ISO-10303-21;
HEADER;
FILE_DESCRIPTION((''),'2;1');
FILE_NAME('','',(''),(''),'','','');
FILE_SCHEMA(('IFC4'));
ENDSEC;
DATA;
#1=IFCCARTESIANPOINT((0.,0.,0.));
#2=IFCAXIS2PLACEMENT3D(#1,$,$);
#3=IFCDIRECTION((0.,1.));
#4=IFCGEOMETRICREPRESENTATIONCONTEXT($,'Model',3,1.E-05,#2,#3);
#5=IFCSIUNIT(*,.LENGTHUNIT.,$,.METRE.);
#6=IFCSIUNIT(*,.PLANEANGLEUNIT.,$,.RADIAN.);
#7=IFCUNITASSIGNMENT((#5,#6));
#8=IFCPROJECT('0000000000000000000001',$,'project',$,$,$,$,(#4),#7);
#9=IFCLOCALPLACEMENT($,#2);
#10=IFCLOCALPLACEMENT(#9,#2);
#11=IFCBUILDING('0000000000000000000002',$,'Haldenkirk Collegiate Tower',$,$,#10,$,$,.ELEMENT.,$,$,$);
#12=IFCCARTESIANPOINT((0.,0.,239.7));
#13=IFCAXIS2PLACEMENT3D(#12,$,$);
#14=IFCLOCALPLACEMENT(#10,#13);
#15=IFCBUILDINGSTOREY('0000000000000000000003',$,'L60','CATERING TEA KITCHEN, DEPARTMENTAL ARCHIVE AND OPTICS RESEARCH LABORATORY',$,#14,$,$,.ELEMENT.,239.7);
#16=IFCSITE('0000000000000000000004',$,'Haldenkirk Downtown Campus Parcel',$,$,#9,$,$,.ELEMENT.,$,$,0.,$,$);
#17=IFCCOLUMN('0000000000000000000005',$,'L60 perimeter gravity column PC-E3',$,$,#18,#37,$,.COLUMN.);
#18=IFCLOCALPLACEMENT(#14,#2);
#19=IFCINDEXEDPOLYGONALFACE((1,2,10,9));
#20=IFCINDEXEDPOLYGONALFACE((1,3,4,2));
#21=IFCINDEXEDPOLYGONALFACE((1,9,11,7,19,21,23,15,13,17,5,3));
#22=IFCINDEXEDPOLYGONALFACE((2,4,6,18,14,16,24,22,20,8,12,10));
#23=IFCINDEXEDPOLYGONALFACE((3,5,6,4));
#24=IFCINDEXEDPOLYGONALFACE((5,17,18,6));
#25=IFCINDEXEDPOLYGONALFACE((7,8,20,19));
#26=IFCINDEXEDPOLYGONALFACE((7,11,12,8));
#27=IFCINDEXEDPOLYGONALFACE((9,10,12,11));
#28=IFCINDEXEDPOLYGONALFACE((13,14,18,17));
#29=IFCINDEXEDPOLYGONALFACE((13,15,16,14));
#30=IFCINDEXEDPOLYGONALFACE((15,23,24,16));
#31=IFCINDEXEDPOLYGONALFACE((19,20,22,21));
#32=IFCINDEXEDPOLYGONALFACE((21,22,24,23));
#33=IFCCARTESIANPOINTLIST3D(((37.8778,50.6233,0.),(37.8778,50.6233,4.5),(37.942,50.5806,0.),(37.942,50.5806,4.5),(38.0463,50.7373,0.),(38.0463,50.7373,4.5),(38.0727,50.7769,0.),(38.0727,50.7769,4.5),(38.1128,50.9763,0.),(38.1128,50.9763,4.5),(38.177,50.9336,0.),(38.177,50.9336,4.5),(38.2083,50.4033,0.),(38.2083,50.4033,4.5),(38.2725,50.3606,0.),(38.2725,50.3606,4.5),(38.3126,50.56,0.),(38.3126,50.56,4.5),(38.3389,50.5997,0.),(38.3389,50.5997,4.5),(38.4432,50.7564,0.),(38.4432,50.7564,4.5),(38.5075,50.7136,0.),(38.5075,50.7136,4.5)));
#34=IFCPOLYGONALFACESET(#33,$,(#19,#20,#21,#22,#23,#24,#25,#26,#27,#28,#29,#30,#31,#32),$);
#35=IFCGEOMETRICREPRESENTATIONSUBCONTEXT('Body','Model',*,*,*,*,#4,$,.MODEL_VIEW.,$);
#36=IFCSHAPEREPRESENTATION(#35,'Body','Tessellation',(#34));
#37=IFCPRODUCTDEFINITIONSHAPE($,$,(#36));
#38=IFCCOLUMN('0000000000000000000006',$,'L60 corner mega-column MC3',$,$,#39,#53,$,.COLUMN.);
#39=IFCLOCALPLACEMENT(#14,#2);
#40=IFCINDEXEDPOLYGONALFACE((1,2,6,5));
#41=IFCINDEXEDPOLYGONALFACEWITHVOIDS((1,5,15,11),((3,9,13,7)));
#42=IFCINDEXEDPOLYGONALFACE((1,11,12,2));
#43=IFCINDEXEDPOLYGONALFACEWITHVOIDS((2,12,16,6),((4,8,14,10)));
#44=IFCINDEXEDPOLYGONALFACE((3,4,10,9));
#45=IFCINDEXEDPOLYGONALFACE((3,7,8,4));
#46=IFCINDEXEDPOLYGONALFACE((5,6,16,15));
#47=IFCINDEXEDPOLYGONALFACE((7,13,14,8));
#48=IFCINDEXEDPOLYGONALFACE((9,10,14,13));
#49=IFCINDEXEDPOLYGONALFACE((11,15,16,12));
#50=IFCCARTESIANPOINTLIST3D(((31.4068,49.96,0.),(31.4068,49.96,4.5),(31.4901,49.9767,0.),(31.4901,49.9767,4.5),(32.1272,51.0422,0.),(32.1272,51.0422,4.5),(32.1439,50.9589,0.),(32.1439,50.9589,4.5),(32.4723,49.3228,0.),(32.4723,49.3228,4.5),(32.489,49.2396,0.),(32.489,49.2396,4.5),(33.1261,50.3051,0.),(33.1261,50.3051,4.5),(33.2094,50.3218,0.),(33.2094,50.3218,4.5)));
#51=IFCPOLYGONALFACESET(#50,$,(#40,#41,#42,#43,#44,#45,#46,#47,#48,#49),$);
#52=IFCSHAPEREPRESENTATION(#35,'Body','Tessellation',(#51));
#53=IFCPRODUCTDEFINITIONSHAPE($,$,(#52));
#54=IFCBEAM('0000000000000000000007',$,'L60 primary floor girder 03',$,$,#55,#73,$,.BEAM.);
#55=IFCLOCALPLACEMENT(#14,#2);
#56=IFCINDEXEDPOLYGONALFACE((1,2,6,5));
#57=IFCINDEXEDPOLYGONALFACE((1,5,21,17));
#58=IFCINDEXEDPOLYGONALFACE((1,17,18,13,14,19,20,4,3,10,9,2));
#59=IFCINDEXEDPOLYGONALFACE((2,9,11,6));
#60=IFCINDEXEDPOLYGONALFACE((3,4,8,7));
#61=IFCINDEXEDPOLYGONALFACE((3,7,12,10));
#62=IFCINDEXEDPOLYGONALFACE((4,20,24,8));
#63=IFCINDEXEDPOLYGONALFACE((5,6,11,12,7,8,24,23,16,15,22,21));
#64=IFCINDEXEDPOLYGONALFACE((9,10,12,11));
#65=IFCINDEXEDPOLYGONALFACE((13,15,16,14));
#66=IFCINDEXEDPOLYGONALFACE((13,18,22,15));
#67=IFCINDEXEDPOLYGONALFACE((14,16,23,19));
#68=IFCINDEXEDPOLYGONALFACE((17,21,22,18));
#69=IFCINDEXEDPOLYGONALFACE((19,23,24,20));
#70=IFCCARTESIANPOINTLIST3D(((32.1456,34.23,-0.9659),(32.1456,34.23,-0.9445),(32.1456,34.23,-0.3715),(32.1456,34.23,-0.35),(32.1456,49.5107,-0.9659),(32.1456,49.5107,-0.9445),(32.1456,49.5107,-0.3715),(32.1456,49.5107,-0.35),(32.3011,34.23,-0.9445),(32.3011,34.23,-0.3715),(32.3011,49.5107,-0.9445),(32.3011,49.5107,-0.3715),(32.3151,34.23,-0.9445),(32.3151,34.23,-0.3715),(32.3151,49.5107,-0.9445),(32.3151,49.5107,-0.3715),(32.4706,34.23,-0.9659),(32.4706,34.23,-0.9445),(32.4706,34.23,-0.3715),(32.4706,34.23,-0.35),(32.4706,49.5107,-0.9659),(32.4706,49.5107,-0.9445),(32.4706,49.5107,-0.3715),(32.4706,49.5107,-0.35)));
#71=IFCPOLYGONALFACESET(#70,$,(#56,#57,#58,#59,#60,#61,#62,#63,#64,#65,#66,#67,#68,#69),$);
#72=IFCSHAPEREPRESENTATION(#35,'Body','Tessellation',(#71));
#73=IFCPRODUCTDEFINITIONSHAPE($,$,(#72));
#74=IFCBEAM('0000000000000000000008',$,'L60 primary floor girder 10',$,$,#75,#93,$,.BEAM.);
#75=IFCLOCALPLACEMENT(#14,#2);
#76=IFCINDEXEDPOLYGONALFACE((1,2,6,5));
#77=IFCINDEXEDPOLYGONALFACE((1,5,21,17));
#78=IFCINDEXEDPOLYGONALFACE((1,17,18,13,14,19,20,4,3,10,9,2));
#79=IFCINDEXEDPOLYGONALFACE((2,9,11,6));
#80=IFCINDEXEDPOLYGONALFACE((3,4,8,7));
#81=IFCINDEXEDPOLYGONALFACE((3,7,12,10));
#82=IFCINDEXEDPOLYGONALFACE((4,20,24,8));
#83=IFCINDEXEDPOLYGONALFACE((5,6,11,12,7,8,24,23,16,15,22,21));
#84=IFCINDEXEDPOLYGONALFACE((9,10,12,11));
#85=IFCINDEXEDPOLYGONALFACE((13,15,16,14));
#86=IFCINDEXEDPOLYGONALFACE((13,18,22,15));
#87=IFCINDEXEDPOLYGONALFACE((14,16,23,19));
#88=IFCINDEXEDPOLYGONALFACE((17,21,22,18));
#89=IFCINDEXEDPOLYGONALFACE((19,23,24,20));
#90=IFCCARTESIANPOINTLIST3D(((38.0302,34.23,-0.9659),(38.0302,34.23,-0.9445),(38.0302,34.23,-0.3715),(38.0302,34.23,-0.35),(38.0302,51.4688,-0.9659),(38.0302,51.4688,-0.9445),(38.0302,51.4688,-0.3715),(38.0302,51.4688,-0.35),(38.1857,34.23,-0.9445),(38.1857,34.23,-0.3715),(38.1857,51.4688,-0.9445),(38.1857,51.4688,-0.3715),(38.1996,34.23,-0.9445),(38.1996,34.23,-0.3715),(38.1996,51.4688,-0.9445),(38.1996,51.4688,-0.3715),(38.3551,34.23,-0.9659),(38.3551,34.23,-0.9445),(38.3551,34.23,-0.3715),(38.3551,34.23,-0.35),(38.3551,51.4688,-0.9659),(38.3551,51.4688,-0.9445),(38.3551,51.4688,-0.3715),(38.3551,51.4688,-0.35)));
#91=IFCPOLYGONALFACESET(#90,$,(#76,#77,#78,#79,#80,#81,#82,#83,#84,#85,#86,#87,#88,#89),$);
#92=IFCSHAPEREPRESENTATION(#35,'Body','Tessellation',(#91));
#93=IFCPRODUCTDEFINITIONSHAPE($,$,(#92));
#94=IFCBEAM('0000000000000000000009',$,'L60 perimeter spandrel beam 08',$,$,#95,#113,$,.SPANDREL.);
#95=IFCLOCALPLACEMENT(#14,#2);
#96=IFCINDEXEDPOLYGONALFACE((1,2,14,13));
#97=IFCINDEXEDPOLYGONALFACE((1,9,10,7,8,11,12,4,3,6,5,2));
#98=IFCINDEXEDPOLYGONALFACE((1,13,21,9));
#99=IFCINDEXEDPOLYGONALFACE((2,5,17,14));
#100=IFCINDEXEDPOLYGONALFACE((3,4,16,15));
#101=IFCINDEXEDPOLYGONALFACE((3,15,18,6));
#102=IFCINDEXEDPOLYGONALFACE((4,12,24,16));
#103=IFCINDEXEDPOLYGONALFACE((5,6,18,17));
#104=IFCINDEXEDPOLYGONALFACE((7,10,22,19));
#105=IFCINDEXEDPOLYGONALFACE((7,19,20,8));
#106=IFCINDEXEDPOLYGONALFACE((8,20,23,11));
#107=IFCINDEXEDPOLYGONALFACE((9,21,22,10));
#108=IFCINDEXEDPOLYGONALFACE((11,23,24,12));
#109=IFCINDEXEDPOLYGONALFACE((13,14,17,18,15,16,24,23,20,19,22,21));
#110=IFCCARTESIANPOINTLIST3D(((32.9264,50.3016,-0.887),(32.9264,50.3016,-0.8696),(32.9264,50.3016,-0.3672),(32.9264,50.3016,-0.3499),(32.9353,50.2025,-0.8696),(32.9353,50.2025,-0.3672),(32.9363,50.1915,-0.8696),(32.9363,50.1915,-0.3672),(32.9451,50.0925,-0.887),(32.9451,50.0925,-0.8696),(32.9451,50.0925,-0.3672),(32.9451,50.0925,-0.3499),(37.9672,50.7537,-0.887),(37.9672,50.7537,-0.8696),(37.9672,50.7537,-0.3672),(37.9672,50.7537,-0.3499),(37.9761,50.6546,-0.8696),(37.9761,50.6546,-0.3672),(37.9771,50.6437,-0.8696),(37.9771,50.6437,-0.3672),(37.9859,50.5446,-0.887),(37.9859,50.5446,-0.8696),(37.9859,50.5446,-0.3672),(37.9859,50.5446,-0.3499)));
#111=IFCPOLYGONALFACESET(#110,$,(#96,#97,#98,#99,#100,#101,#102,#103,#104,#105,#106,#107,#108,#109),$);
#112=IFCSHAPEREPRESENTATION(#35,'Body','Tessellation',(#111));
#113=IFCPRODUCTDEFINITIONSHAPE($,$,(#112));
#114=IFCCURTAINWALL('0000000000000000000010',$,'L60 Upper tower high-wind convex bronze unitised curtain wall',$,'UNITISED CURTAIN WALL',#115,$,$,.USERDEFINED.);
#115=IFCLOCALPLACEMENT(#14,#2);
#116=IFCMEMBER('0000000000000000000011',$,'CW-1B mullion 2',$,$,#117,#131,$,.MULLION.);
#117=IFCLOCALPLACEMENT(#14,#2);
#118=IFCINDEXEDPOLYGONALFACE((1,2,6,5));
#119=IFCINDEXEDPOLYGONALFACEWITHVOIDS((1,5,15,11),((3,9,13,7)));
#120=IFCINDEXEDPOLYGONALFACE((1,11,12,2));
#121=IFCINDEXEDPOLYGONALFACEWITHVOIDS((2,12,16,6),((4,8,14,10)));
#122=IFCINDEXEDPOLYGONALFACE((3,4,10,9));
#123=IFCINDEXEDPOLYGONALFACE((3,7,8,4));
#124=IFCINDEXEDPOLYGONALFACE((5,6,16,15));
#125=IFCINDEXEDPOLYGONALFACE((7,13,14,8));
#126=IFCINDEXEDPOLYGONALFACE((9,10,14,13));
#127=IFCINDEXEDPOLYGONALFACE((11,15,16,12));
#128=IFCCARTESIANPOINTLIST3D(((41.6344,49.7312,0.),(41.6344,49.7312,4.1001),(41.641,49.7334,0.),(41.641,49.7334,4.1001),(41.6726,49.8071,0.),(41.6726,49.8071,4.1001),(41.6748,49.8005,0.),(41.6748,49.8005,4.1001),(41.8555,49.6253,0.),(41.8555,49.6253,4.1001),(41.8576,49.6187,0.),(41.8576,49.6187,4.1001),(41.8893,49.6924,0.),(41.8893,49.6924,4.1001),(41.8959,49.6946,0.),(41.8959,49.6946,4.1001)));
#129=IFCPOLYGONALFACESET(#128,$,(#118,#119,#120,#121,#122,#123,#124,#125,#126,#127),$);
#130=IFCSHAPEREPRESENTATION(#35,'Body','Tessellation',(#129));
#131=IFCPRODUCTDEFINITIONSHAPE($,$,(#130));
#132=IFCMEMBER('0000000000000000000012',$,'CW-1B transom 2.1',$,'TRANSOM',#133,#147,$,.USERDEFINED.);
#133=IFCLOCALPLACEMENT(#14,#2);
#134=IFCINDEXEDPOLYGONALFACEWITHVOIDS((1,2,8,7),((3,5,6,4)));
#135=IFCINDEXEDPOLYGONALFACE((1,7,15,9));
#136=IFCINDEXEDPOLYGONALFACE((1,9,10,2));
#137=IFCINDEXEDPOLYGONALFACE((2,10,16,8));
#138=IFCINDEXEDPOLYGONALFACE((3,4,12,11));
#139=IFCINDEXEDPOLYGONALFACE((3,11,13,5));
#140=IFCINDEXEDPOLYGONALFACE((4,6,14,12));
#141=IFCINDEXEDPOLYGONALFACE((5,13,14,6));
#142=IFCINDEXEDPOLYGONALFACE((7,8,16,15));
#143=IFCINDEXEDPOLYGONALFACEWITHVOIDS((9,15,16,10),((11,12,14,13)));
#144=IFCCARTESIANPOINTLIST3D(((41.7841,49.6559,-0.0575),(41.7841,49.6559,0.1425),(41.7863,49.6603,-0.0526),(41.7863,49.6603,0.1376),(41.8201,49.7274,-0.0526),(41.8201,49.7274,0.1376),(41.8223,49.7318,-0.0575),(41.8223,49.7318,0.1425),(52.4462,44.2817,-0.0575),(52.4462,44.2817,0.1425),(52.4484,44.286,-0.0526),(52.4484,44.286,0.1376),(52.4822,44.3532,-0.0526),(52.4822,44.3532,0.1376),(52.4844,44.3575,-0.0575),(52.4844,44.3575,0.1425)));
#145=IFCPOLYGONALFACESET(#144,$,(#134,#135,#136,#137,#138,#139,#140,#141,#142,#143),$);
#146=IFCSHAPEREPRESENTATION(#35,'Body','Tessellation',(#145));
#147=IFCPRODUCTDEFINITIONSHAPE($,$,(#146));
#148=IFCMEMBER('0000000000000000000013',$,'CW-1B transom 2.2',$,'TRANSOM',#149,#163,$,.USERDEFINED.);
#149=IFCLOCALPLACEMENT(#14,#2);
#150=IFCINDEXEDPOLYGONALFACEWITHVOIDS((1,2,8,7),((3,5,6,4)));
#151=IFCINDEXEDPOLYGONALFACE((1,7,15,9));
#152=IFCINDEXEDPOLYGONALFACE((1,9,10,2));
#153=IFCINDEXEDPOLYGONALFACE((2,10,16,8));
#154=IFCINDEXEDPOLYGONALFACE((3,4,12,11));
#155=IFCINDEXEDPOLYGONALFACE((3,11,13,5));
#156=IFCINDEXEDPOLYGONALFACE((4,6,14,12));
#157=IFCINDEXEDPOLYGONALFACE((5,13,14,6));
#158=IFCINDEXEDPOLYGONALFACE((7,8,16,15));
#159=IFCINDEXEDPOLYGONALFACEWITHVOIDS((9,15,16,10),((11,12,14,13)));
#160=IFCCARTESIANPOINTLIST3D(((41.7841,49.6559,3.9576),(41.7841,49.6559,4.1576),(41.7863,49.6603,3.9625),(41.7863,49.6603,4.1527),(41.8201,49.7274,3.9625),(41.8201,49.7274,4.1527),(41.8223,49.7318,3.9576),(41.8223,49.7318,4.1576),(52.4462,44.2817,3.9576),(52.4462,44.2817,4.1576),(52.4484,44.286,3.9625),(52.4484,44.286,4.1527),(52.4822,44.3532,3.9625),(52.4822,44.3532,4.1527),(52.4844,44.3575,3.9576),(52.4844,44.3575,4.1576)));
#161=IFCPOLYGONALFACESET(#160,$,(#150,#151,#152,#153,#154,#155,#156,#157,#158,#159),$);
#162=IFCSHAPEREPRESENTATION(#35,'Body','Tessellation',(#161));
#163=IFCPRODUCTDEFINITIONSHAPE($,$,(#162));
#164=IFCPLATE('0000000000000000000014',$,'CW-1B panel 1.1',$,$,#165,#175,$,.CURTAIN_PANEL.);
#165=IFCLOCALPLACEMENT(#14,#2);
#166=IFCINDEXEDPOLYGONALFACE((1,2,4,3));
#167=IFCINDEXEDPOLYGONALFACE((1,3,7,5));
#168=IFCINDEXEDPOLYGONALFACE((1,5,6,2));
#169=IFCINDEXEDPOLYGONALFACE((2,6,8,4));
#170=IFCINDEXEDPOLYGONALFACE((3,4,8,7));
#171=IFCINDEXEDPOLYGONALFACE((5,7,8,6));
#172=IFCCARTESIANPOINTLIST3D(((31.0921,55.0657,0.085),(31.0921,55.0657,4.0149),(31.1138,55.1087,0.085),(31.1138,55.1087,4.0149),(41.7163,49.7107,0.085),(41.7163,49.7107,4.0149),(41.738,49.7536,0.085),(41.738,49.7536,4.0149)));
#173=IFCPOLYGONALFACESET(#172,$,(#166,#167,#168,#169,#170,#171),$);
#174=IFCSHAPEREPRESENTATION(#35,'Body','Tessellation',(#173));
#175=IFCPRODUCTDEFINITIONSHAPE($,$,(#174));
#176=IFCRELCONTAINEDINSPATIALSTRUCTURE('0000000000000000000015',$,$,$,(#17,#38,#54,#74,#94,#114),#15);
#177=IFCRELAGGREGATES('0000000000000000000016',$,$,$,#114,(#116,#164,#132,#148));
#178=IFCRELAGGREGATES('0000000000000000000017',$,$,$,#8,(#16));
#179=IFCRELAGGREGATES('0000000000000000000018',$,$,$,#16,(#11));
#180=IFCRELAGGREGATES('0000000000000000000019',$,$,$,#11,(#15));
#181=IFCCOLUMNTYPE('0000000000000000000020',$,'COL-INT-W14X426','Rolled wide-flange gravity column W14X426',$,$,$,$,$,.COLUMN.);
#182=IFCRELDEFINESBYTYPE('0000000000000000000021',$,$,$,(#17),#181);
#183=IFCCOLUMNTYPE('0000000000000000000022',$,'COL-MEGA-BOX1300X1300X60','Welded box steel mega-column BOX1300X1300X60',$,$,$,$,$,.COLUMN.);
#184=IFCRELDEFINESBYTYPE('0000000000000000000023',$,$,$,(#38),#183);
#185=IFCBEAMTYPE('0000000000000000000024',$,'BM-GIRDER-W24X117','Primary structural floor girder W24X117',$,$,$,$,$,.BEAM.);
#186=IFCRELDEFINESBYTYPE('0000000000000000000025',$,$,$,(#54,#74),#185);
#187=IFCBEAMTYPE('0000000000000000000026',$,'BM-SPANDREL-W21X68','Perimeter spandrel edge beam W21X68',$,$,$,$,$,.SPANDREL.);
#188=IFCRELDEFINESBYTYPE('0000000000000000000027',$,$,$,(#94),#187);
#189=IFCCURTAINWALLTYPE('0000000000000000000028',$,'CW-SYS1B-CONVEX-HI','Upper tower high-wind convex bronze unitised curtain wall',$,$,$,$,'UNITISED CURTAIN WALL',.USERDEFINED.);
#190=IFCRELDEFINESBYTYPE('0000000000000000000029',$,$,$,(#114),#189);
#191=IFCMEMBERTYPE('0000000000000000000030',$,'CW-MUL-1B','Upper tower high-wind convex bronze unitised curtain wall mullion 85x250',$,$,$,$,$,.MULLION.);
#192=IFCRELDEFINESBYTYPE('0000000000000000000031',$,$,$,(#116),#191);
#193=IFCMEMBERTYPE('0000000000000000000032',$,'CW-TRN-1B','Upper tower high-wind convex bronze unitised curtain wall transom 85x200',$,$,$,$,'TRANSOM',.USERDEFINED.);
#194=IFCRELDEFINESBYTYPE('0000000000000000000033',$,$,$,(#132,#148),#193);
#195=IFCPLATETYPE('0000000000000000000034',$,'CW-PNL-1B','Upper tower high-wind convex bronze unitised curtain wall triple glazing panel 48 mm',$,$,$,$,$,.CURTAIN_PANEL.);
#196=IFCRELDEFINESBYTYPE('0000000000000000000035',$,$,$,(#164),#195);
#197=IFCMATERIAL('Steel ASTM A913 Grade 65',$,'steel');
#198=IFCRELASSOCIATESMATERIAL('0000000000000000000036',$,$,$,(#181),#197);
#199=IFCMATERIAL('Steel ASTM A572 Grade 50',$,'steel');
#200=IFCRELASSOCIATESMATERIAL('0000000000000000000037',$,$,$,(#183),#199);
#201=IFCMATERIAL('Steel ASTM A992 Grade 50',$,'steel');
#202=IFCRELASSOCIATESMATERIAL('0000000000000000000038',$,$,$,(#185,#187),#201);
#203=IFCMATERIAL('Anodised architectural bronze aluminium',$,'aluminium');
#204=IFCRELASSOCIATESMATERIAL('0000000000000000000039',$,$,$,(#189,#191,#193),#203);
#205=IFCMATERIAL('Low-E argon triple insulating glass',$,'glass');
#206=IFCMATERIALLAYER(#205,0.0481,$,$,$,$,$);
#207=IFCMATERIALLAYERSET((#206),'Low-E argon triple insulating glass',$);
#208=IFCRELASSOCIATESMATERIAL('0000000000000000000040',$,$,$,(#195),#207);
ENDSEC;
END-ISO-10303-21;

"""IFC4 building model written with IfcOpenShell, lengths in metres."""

from ifc_helpers import new_model, si_unit, direction, frame, origin, origin_2d, place, context, subcontext, project, spatial, rectangle, hollow_rectangle, i_section, extrude, source, transform, mapped, material, layer, layer_set, material_profile, profile_set, type_object, element, aggregate, save


model = new_model("IFC4")

# Units and contexts
model_context = context("Model", 3, precision=1e-05, world=origin(), true_north=direction((0.0, 1.0)))
body_context = subcontext(model_context, "Body", "Model", "MODEL_VIEW")
ifc_project = project(units=[si_unit("LENGTHUNIT", "METRE"), si_unit("PLANEANGLEUNIT", "RADIAN")], contexts=[model_context])

# Site, building, storey
site_placement = place(None, origin())
site = spatial("IfcSite", under=ifc_project, at=site_placement, Name="Haldenkirk Downtown Campus Parcel", CompositionType="ELEMENT", RefElevation=0.0)
building_placement = place(site_placement, origin())
building = spatial("IfcBuilding", under=site, at=building_placement, Name="Haldenkirk Collegiate Tower", CompositionType="ELEMENT")
storey_placement = place(building_placement, frame((0.0, 0.0, 239.7)))
storey = spatial("IfcBuildingStorey", under=building, at=storey_placement, Name="L60", Description="CATERING TEA KITCHEN, DEPARTMENTAL ARCHIVE AND OPTICS RESEARCH LABORATORY", CompositionType="ELEMENT", Elevation=239.7)

# Columns
ifc_material_1 = material(Name="Steel ASTM A913 Grade 65", Category="steel")
ifc_material_profile_1 = material_profile(ifc_material_1, i_section(OverallWidth=0.4241, OverallDepth=0.4741, WebThickness=0.0476, FlangeThickness=0.0771, at=origin_2d()), Name="W14X426")
ifc_profile_set_1 = profile_set([ifc_material_profile_1], Name="Steel ASTM A913 Grade 65")
column_type_1 = type_object("IfcColumnType", Name="COL-INT-W14X426", Description="Rolled wide-flange gravity column W14X426", PredefinedType="COLUMN", material=ifc_profile_set_1)
column_1_placement = place(storey_placement, frame((38.1926, 50.6685, 0.0), z_axis=(0.0, 0.0, 1.0), x_axis=(0.554118, 0.832438, 0.0)))
element("IfcColumn", 1, at=column_1_placement, inside=storey, type_object=column_type_1, Name="L60 perimeter gravity column PC-E3", PredefinedType="COLUMN", context=body_context, shape_type="SweptSolid", body=[
    extrude(i_section(OverallWidth=0.4241, OverallDepth=0.4741, WebThickness=0.0476, FlangeThickness=0.0771, at=origin_2d()), origin(), (0.0, 0.0, 1.0), 4.5),
])
ifc_material_2 = material(Name="Steel ASTM A572 Grade 50", Category="steel")
ifc_material_profile_2 = material_profile(ifc_material_2, hollow_rectangle(XDim=1.3, YDim=1.3, WallThickness=0.0601, at=origin_2d()), Name="BOX1300X1300X60")
ifc_profile_set_2 = profile_set([ifc_material_profile_2], Name="Steel ASTM A572 Grade 50")
column_type_2 = type_object("IfcColumnType", Name="COL-MEGA-BOX1300X1300X60", Description="Welded box steel mega-column BOX1300X1300X60", PredefinedType="COLUMN", material=ifc_profile_set_2)
column_2_placement = place(storey_placement, frame((32.3081, 50.1409, 0.0), z_axis=(0.0, 0.0, 1.0), x_axis=(0.554118, 0.832438, 0.0)))
element("IfcColumn", 2, at=column_2_placement, inside=storey, type_object=column_type_2, Name="L60 corner mega-column MC3", PredefinedType="COLUMN", context=body_context, shape_type="SweptSolid", body=[
    extrude(hollow_rectangle(XDim=1.3, YDim=1.3, WallThickness=0.0601, at=origin_2d()), origin(), (0.0, 0.0, 1.0), 4.5),
])

# Beams
ifc_material_3 = material(Name="Steel ASTM A992 Grade 50", Category="steel")
ifc_material_profile_3 = material_profile(ifc_material_3, i_section(OverallWidth=0.325, OverallDepth=0.616, WebThickness=0.0139, FlangeThickness=0.0215, at=origin_2d()), Name="W24X117")
ifc_profile_set_3 = profile_set([ifc_material_profile_3], Name="Steel ASTM A992 Grade 50")
beam_type_1 = type_object("IfcBeamType", Name="BM-GIRDER-W24X117", Description="Primary structural floor girder W24X117", PredefinedType="BEAM", material=ifc_profile_set_3)
beam_1_placement = place(storey_placement, frame((32.3081, 49.5107, -0.658), z_axis=(0.0, -1.0, 0.0), x_axis=(1.0, 0.0, 0.0)))
element("IfcBeam", 3, at=beam_1_placement, inside=storey, type_object=beam_type_1, Name="L60 primary floor girder 03", PredefinedType="BEAM", context=body_context, shape_type="SweptSolid", body=[
    extrude(i_section(OverallWidth=0.325, OverallDepth=0.616, WebThickness=0.0139, FlangeThickness=0.0215, at=origin_2d()), origin(), (0.0, 0.0, 1.0), 15.2808),
])
beam_2_placement = place(storey_placement, frame((38.1926, 51.4688, -0.658), z_axis=(0.0, -1.0, 0.0), x_axis=(1.0, 0.0, 0.0)))
element("IfcBeam", 4, at=beam_2_placement, inside=storey, type_object=beam_type_1, Name="L60 primary floor girder 10", PredefinedType="BEAM", context=body_context, shape_type="SweptSolid", body=[
    extrude(i_section(OverallWidth=0.325, OverallDepth=0.616, WebThickness=0.0139, FlangeThickness=0.0215, at=origin_2d()), origin(), (0.0, 0.0, 1.0), 17.2388),
])
ifc_material_profile_4 = material_profile(ifc_material_3, i_section(OverallWidth=0.21, OverallDepth=0.5371, WebThickness=0.011, FlangeThickness=0.0173, at=origin_2d()), Name="W21X68")
ifc_profile_set_4 = profile_set([ifc_material_profile_4], Name="Steel ASTM A992 Grade 50")
beam_type_2 = type_object("IfcBeamType", Name="BM-SPANDREL-W21X68", Description="Perimeter spandrel edge beam W21X68", PredefinedType="SPANDREL", material=ifc_profile_set_4)
beam_3_placement = place(storey_placement, frame((37.9766, 50.6492, -0.6184), z_axis=(-0.996001, -0.08934, 0.0), x_axis=(0.08934, -0.996001, 0.0)))
element("IfcBeam", 5, at=beam_3_placement, inside=storey, type_object=beam_type_2, Name="L60 perimeter spandrel beam 08", PredefinedType="SPANDREL", context=body_context, shape_type="SweptSolid", body=[
    extrude(i_section(OverallWidth=0.21, OverallDepth=0.5371, WebThickness=0.011, FlangeThickness=0.0173, at=origin_2d()), origin(), (0.0, 0.0, 1.0), 5.061),
])

# Curtain wall, members, plate
ifc_material_4 = material(Name="Anodised architectural bronze aluminium", Category="aluminium")
curtain_wall_type = type_object("IfcCurtainWallType", Name="CW-SYS1B-CONVEX-HI", Description="Upper tower high-wind convex bronze unitised curtain wall", ElementType="UNITISED CURTAIN WALL", PredefinedType="USERDEFINED", material=ifc_material_4)
curtain_wall_placement = place(storey_placement, origin())
curtain_wall = element("IfcCurtainWall", 6, at=curtain_wall_placement, inside=storey, type_object=curtain_wall_type, Name="L60 Upper tower high-wind convex bronze unitised curtain wall", ObjectType="UNITISED CURTAIN WALL", PredefinedType="USERDEFINED")
ifc_material_profile_5 = material_profile(ifc_material_4, hollow_rectangle(XDim=0.085, YDim=0.25, WallThickness=0.0049, at=origin_2d()), Name="CW-MUL-1B")
ifc_profile_set_5 = profile_set([ifc_material_profile_5], Name="Anodised architectural bronze aluminium")
member_type_1 = type_object("IfcMemberType", Name="CW-MUL-1B", Description="Upper tower high-wind convex bronze unitised curtain wall mullion 85x250", PredefinedType="MULLION", material=ifc_profile_set_5)
member_1_placement = place(storey_placement, frame((41.7651, 49.7129, 0.0), z_axis=(0.0, 0.0, 1.0), x_axis=(0.450099, 0.892979, 0.0)))
member_1 = element("IfcMember", 7, at=member_1_placement, type_object=member_type_1, Name="CW-1B mullion 2", PredefinedType="MULLION", context=body_context, shape_type="SweptSolid", body=[
    extrude(hollow_rectangle(XDim=0.085, YDim=0.25, WallThickness=0.0049, at=origin_2d()), origin(), (0.0, 0.0, 1.0), 4.1001),
])
ifc_material_profile_6 = material_profile(ifc_material_4, hollow_rectangle(XDim=0.085, YDim=0.2, WallThickness=0.0049, at=origin_2d()), Name="CW-TRN-1B")
ifc_profile_set_6 = profile_set([ifc_material_profile_6], Name="Anodised architectural bronze aluminium")
member_type_2 = type_object("IfcMemberType", Name="CW-TRN-1B", Description="Upper tower high-wind convex bronze unitised curtain wall transom 85x200", ElementType="TRANSOM", PredefinedType="USERDEFINED", material=ifc_profile_set_6)
member_2_placement = place(storey_placement, frame((41.8032, 49.6938, 0.0425), z_axis=(0.892975, -0.450107, 0.0), x_axis=(0.450107, 0.892975, 0.0)))
member_2 = element("IfcMember", 8, at=member_2_placement, type_object=member_type_2, Name="CW-1B transom 2.1", ObjectType="TRANSOM", PredefinedType="USERDEFINED", context=body_context, shape_type="SweptSolid", body=[
    extrude(hollow_rectangle(XDim=0.085, YDim=0.2, WallThickness=0.0049, at=origin_2d()), origin(), (0.0, 0.0, 1.0), 11.9399),
])
member_3_placement = place(storey_placement, frame((41.8032, 49.6938, 4.0576), z_axis=(0.892975, -0.450107, 0.0), x_axis=(0.450107, 0.892975, 0.0)))
member_3 = element("IfcMember", 9, at=member_3_placement, type_object=member_type_2, Name="CW-1B transom 2.2", ObjectType="TRANSOM", PredefinedType="USERDEFINED", context=body_context, shape_type="SweptSolid", body=[
    extrude(hollow_rectangle(XDim=0.085, YDim=0.2, WallThickness=0.0049, at=origin_2d()), origin(), (0.0, 0.0, 1.0), 11.9399),
])
ifc_material_5 = material(Name="Low-E argon triple insulating glass", Category="glass")
ifc_layer_1 = layer(ifc_material_5, 0.0481)
ifc_layer_set_1 = layer_set([ifc_layer_1], Name="Low-E argon triple insulating glass")
plate_type_1 = type_object("IfcPlateType", Name="CW-PNL-1B", Description="Upper tower high-wind convex bronze unitised curtain wall triple glazing panel 48 mm", PredefinedType="CURTAIN_PANEL", material=ifc_layer_set_1)
shared_shape_1 = source(origin(), body_context, "Body", "SweptSolid", [
    extrude(rectangle(XDim=11.8975, YDim=0.0481, at=origin_2d()), origin(), (0.0, 0.0, 1.0), 3.9299),
])
plate_1_placement = place(storey_placement, frame((36.415, 52.4097, 0.085), z_axis=(0.0, 0.0, 1.0), x_axis=(0.892979, -0.450099, 0.0)))
plate_1 = element("IfcPlate", 10, at=plate_1_placement, type_object=plate_type_1, Name="CW-1B panel 1.1", PredefinedType="CURTAIN_PANEL", context=body_context, shape_type="MappedRepresentation", body=[
    mapped(shared_shape_1, transform((0.0, 0.0, 0.0), x_axis=(1.0, 0.0, 0.0), y_axis=(0.0, 1.0, 0.0), z_axis=(0.0, 0.0, 1.0), scale=1.0)),
])
aggregate(curtain_wall, [member_1, plate_1, member_2, member_3])

save(model, "model.ifc")
